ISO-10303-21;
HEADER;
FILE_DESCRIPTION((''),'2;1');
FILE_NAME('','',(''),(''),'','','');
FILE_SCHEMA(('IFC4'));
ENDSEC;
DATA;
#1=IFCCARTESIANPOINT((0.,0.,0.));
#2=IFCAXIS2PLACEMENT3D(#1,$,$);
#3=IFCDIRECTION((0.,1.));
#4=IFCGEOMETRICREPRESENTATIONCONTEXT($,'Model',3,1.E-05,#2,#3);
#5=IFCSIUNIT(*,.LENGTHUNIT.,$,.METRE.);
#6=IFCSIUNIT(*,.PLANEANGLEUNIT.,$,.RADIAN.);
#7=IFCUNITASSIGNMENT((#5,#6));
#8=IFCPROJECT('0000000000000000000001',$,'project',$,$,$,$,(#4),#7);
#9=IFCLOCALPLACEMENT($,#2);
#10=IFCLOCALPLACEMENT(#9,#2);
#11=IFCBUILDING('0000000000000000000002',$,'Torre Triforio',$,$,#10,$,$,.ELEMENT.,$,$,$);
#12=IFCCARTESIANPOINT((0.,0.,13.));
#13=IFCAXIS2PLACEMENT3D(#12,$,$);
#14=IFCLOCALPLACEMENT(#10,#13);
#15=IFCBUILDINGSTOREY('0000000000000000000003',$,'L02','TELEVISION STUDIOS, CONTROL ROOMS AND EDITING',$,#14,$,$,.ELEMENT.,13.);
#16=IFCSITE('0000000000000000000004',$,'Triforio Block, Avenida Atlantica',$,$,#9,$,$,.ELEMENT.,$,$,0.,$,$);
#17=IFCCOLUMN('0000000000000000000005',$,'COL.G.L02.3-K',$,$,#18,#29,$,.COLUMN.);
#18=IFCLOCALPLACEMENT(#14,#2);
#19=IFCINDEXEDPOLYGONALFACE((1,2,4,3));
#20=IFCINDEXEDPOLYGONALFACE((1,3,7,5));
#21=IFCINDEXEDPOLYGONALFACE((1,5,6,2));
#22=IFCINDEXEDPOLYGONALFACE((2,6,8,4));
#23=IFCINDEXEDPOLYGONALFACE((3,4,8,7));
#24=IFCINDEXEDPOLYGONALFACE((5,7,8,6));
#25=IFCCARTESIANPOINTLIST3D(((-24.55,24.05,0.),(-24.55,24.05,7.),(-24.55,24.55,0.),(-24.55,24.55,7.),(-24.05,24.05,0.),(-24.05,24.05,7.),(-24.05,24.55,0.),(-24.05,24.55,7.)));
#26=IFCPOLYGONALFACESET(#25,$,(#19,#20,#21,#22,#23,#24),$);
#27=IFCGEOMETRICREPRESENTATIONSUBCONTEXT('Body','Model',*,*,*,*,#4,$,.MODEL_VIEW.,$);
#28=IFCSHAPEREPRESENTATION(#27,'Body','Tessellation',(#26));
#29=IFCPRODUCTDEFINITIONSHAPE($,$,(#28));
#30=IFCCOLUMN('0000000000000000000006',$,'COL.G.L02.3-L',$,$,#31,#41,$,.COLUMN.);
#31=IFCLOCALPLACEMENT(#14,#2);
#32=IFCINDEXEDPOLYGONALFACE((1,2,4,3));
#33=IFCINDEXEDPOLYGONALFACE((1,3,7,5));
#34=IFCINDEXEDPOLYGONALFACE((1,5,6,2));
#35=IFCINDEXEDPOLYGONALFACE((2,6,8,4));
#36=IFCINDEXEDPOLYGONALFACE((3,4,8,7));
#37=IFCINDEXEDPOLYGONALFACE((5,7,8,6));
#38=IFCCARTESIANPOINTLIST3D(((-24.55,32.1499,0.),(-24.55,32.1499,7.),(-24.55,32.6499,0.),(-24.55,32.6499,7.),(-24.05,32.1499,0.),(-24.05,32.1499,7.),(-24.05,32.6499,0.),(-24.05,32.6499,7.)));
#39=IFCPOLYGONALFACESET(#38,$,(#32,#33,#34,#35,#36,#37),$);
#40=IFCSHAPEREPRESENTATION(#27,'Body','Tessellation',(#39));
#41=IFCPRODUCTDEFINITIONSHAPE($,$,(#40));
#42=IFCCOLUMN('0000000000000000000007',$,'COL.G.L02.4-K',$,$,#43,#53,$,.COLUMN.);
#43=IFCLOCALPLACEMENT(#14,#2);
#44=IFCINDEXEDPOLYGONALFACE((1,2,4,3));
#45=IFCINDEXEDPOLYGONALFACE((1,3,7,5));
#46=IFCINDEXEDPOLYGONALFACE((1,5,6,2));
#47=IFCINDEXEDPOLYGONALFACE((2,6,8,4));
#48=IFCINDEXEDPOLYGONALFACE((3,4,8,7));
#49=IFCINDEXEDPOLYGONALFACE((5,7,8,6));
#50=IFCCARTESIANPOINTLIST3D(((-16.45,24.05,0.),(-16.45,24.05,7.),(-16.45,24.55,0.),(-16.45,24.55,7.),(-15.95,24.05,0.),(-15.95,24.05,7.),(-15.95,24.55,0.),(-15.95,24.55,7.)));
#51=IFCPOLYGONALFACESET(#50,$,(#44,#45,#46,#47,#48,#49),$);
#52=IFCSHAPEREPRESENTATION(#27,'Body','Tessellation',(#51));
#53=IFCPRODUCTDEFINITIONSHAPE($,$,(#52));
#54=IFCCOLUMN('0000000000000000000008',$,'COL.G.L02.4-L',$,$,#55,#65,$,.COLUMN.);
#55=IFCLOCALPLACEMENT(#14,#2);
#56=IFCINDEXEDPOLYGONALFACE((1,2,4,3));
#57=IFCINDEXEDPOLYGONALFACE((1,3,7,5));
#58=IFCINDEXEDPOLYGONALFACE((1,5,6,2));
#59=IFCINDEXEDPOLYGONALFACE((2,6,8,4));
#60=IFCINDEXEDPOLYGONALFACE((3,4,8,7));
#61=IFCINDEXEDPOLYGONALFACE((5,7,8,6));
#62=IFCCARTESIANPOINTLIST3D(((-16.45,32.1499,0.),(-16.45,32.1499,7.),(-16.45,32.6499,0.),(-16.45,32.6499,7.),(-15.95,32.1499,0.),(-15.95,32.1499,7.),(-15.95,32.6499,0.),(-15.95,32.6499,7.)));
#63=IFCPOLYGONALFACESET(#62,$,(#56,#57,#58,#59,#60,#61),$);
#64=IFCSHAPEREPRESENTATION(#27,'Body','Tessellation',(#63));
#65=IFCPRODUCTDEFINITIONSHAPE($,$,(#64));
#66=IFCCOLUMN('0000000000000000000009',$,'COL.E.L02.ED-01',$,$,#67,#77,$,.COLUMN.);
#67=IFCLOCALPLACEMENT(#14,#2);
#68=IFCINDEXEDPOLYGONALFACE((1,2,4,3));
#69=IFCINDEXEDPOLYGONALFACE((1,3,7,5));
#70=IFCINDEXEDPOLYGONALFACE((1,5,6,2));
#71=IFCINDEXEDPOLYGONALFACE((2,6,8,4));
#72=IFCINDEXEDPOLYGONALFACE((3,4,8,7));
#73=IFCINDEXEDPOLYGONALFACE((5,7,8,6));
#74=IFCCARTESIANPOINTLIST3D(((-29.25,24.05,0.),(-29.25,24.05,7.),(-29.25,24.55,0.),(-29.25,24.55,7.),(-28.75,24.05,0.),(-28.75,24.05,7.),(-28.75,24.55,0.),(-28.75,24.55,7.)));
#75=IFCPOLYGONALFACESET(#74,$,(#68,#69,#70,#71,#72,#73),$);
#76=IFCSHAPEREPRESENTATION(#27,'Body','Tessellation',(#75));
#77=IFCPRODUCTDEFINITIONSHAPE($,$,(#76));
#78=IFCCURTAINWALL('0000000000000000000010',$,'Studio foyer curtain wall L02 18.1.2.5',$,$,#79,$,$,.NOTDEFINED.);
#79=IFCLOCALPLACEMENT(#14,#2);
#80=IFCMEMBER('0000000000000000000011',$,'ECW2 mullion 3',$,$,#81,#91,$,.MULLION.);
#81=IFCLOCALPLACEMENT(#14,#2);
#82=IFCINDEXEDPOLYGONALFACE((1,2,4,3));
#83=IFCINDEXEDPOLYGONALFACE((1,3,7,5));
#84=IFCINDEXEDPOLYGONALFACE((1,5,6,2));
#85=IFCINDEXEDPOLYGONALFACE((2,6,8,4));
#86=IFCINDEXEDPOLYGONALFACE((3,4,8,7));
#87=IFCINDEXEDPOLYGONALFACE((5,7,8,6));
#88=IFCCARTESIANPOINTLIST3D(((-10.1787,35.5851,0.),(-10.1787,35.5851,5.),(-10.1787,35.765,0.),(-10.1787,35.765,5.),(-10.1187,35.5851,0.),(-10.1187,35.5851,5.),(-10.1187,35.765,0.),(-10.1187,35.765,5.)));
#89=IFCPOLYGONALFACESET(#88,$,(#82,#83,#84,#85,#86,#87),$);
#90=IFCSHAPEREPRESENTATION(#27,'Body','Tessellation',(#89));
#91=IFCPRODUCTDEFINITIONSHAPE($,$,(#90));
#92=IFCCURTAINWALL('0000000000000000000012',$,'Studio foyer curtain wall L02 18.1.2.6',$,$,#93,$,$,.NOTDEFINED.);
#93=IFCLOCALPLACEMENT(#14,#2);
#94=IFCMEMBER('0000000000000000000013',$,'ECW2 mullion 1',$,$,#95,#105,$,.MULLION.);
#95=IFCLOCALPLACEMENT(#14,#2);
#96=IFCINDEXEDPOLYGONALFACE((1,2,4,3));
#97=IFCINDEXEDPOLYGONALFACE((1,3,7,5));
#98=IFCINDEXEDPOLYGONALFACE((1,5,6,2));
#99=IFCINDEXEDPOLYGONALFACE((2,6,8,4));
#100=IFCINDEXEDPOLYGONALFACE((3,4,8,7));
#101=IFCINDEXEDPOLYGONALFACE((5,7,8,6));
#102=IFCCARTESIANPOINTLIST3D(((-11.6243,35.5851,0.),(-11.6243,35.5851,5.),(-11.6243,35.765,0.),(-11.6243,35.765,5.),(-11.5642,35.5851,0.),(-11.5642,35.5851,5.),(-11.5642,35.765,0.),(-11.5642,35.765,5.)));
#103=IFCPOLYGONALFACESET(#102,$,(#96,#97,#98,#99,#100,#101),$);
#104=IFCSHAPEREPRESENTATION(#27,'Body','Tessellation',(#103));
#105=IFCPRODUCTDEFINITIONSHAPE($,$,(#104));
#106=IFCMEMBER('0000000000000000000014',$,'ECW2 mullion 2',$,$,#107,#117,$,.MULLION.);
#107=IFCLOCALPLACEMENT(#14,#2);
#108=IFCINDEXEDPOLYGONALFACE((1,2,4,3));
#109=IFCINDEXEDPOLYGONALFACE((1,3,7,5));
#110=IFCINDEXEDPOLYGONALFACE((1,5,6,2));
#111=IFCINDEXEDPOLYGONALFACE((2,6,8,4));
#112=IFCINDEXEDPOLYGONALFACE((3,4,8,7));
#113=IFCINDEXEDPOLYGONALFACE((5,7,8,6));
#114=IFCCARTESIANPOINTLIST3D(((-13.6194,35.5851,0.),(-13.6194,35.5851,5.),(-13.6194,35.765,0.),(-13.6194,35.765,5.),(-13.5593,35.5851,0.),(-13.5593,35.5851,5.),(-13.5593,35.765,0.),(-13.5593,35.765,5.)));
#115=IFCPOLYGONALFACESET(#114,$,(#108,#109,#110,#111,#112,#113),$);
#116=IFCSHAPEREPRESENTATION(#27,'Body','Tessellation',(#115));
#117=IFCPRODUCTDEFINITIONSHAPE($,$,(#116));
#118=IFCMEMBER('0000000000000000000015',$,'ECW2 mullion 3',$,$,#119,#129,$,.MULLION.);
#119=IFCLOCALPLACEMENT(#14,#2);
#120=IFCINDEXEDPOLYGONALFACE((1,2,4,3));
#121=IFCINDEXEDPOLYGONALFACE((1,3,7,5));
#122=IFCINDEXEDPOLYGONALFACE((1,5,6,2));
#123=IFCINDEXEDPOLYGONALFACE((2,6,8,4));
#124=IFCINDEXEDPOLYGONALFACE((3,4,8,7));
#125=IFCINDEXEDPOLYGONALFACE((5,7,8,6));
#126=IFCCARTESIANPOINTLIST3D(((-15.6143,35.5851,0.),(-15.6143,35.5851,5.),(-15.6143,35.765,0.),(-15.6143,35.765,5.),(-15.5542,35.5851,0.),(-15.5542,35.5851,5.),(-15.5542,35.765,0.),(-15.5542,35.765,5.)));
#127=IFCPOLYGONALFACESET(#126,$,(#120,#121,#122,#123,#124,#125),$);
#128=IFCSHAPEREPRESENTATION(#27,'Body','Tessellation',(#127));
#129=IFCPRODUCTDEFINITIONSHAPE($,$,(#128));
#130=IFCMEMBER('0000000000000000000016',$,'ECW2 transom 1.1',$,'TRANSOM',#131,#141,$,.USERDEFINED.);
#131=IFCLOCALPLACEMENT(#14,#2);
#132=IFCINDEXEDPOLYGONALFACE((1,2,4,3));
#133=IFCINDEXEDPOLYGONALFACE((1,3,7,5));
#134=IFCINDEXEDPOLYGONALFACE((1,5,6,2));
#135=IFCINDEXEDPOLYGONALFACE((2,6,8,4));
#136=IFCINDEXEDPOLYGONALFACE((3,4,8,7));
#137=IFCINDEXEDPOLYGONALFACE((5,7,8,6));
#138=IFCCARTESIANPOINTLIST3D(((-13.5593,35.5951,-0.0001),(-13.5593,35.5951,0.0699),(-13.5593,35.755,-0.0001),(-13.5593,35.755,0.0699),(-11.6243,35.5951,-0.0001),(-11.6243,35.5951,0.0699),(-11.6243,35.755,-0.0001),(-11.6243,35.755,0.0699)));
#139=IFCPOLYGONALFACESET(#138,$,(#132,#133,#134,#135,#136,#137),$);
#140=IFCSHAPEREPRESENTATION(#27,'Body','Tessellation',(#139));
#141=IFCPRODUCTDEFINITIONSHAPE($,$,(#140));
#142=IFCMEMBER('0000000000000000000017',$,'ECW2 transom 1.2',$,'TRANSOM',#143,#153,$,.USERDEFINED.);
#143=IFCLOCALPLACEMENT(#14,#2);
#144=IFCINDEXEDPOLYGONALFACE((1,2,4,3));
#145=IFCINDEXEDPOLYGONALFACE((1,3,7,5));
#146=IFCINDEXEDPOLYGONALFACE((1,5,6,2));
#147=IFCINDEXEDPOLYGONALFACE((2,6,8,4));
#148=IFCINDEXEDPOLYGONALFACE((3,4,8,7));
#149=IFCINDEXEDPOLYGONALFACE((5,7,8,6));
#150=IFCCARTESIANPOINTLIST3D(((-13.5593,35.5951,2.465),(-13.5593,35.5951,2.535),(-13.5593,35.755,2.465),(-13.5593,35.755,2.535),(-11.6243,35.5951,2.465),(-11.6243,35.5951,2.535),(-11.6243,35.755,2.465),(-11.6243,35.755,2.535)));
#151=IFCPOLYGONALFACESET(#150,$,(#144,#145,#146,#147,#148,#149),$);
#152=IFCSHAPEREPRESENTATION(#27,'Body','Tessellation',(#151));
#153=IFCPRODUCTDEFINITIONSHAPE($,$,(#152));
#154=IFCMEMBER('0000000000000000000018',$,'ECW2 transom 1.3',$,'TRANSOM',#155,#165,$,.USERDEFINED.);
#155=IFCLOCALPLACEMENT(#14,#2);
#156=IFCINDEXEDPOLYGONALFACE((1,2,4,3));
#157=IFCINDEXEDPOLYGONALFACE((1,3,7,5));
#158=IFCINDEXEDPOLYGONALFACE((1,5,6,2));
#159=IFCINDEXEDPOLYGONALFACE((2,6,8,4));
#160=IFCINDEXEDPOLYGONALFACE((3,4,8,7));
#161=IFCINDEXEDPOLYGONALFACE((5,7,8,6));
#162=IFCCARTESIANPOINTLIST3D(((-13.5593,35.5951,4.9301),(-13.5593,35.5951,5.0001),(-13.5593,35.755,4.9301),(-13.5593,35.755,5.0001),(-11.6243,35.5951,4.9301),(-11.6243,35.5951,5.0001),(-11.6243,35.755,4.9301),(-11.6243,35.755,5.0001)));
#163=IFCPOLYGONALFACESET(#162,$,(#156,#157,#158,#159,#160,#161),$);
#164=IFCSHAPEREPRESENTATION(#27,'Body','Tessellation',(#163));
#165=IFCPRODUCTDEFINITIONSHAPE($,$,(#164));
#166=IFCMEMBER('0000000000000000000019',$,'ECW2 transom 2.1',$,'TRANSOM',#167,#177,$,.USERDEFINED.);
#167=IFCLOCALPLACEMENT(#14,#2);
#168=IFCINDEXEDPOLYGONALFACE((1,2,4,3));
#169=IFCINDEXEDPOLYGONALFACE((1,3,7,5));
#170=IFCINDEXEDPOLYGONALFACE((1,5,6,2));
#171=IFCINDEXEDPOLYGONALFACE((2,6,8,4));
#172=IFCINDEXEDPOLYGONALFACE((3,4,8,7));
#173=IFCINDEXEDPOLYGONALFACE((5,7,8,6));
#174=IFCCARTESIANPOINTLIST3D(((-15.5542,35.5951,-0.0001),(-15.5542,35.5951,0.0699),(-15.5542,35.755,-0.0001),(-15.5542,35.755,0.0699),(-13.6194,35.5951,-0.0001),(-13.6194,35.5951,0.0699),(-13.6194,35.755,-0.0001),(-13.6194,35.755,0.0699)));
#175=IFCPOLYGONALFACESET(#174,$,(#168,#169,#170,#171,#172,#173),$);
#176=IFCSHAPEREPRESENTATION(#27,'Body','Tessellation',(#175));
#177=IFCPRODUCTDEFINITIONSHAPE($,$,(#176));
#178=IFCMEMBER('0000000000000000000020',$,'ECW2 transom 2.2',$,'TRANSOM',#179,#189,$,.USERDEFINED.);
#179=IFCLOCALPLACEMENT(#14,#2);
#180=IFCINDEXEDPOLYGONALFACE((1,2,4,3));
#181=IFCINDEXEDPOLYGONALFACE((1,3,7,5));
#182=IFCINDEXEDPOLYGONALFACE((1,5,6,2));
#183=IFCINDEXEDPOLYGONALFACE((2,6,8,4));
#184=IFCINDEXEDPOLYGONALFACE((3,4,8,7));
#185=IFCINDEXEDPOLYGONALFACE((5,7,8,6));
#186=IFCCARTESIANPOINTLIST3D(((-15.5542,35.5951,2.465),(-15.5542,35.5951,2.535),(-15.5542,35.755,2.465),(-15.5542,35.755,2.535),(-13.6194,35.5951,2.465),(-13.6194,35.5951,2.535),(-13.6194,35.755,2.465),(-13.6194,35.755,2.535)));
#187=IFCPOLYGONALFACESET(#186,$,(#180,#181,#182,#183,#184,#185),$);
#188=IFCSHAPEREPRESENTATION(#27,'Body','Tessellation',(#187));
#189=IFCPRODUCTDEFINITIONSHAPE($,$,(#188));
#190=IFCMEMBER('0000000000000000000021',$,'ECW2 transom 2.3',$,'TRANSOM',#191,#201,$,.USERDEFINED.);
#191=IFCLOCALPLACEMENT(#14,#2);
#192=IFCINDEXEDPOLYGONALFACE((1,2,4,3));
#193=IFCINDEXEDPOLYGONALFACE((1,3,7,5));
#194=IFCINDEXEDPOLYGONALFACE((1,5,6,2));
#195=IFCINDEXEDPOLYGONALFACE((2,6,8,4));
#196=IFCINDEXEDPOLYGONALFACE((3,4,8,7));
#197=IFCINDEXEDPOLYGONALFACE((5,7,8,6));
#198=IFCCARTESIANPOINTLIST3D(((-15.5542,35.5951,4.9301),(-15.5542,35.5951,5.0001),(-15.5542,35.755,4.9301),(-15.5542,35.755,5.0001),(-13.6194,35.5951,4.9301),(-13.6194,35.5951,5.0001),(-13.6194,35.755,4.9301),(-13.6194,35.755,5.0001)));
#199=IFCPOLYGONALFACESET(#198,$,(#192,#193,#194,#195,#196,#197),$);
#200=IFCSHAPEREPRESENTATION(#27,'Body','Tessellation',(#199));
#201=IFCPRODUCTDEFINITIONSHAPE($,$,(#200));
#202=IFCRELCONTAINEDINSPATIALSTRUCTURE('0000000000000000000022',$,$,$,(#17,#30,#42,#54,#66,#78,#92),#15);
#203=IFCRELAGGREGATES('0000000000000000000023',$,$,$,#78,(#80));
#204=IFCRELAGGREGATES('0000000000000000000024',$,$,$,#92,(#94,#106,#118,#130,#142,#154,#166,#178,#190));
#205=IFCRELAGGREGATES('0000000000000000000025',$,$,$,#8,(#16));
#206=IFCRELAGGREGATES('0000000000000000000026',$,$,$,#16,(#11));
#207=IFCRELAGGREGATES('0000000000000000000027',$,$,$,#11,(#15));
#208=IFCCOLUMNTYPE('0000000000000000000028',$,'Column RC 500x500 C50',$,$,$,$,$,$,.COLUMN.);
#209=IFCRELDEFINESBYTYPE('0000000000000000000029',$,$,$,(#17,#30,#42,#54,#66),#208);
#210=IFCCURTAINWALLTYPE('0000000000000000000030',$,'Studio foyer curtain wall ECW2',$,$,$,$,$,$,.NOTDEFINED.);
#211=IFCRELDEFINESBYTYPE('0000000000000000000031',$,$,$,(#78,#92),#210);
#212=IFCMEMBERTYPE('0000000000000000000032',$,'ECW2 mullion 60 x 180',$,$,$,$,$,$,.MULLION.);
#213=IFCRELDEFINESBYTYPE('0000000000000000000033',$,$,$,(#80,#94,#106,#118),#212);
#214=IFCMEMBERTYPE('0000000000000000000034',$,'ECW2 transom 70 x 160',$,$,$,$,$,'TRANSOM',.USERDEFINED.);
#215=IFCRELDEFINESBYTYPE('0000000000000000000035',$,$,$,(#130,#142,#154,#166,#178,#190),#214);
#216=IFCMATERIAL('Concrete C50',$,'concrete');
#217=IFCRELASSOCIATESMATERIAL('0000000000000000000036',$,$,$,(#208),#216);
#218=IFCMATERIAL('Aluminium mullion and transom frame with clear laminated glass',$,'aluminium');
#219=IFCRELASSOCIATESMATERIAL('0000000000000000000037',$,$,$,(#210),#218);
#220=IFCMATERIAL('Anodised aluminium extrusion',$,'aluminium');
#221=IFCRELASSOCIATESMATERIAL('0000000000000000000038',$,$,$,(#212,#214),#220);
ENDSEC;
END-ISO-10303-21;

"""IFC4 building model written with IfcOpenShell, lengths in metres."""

from ifc_helpers import new_model, si_unit, direction, frame, origin, origin_2d, place, context, subcontext, project, spatial, rectangle, extrude, material, material_profile, profile_set, type_object, element, aggregate, save


model = new_model("IFC4")

# Units and contexts
model_context = context("Model", 3, precision=1e-05, world=origin(), true_north=direction((0.0, 1.0)))
body_context = subcontext(model_context, "Body", "Model", "MODEL_VIEW")
ifc_project = project(units=[si_unit("LENGTHUNIT", "METRE"), si_unit("PLANEANGLEUNIT", "RADIAN")], contexts=[model_context])

# Site, building, storey
site_placement = place(None, origin())
site = spatial("IfcSite", under=ifc_project, at=site_placement, Name="Triforio Block, Avenida Atlantica", CompositionType="ELEMENT", RefElevation=0.0)
building_placement = place(site_placement, origin())
building = spatial("IfcBuilding", under=site, at=building_placement, Name="Torre Triforio", CompositionType="ELEMENT")
storey_placement = place(building_placement, frame((0.0, 0.0, 13.0)))
storey = spatial("IfcBuildingStorey", under=building, at=storey_placement, Name="L02", Description="TELEVISION STUDIOS, CONTROL ROOMS AND EDITING", CompositionType="ELEMENT", Elevation=13.0)

# Columns
ifc_material_1 = material(Name="Concrete C50", Category="concrete")
ifc_material_profile_1 = material_profile(ifc_material_1, rectangle(XDim=0.5, YDim=0.5, at=origin_2d()), Name="RC 500x500")
ifc_profile_set_1 = profile_set([ifc_material_profile_1], Name="Concrete C50")
column_type = type_object("IfcColumnType", Name="Column RC 500x500 C50", PredefinedType="COLUMN", material=ifc_profile_set_1)
for number, where, z_axis, x_axis, name in (
    (1, (-24.3, 24.3, 0.0), (0.0, 0.0, 1.0), (1.0, 0.0, 0.0), "COL.G.L02.3-K"),
    (2, (-24.3, 32.3999, 0.0), (0.0, 0.0, 1.0), (1.0, 0.0, 0.0), "COL.G.L02.3-L"),
    (3, (-16.2, 24.3, 0.0), (0.0, 0.0, 1.0), (1.0, 0.0, 0.0), "COL.G.L02.4-K"),
    (4, (-16.2, 32.3999, 0.0), (0.0, 0.0, 1.0), (1.0, 0.0, 0.0), "COL.G.L02.4-L"),
    (5, (-29.0, 24.3, 0.0), (0.0, 0.0, 1.0), (1.0, 0.0, 0.0), "COL.E.L02.ED-01"),
):
    element("IfcColumn", number, at=place(storey_placement, frame(where, z_axis=z_axis, x_axis=x_axis)), inside=storey, type_object=column_type, Name=name, PredefinedType="COLUMN", context=body_context, shape_type="SweptSolid", body=[
        extrude(rectangle(XDim=0.5, YDim=0.5, at=origin_2d()), origin(), (0.0, 0.0, 1.0), 7.0),
    ])

# Curtain wall, member
ifc_material_2 = material(Name="Aluminium mullion and transom frame with clear laminated glass", Category="aluminium")
curtain_wall_type = type_object("IfcCurtainWallType", Name="Studio foyer curtain wall ECW2", PredefinedType="NOTDEFINED", material=ifc_material_2)
curtain_wall_1_placement = place(storey_placement, origin())
curtain_wall_1 = element("IfcCurtainWall", 6, at=curtain_wall_1_placement, inside=storey, type_object=curtain_wall_type, Name="Studio foyer curtain wall L02 18.1.2.5", PredefinedType="NOTDEFINED")
ifc_material_3 = material(Name="Anodised aluminium extrusion", Category="aluminium")
ifc_material_profile_2 = material_profile(ifc_material_3, rectangle(XDim=0.1799, YDim=0.0601, at=origin_2d()), Name="ECW2 MULLION 60x180")
ifc_profile_set_2 = profile_set([ifc_material_profile_2], Name="Anodised aluminium extrusion")
member_type_1 = type_object("IfcMemberType", Name="ECW2 mullion 60 x 180", PredefinedType="MULLION", material=ifc_profile_set_2)
member_1_placement = place(storey_placement, frame((-10.1487, 35.675, 0.0), z_axis=(0.0, 0.0, 1.0), x_axis=(0.0, -1.0, 0.0)))
member_1 = element("IfcMember", 7, at=member_1_placement, type_object=member_type_1, Name="ECW2 mullion 3", PredefinedType="MULLION", context=body_context, shape_type="SweptSolid", body=[
    extrude(rectangle(XDim=0.1799, YDim=0.0601, at=origin_2d()), origin(), (0.0, 0.0, 1.0), 5.0),
])
aggregate(curtain_wall_1, [member_1])

# Curtain wall, members
curtain_wall_2_placement = place(storey_placement, origin())
curtain_wall_2 = element("IfcCurtainWall", 8, at=curtain_wall_2_placement, inside=storey, type_object=curtain_wall_type, Name="Studio foyer curtain wall L02 18.1.2.6", PredefinedType="NOTDEFINED")
member_2_placement = place(storey_placement, frame((-11.5942, 35.675, 0.0), z_axis=(0.0, 0.0, 1.0), x_axis=(0.0, -1.0, 0.0)))
member_2 = element("IfcMember", 9, at=member_2_placement, type_object=member_type_1, Name="ECW2 mullion 1", PredefinedType="MULLION", context=body_context, shape_type="SweptSolid", body=[
    extrude(rectangle(XDim=0.1799, YDim=0.0601, at=origin_2d()), origin(), (0.0, 0.0, 1.0), 5.0),
])
member_3_placement = place(storey_placement, frame((-13.5894, 35.675, 0.0), z_axis=(0.0, 0.0, 1.0), x_axis=(0.0, -1.0, 0.0)))
member_3 = element("IfcMember", 10, at=member_3_placement, type_object=member_type_1, Name="ECW2 mullion 2", PredefinedType="MULLION", context=body_context, shape_type="SweptSolid", body=[
    extrude(rectangle(XDim=0.1799, YDim=0.0601, at=origin_2d()), origin(), (0.0, 0.0, 1.0), 5.0),
])
member_4_placement = place(storey_placement, frame((-15.5842, 35.675, 0.0), z_axis=(0.0, 0.0, 1.0), x_axis=(0.0, -1.0, 0.0)))
member_4 = element("IfcMember", 11, at=member_4_placement, type_object=member_type_1, Name="ECW2 mullion 3", PredefinedType="MULLION", context=body_context, shape_type="SweptSolid", body=[
    extrude(rectangle(XDim=0.1799, YDim=0.0601, at=origin_2d()), origin(), (0.0, 0.0, 1.0), 5.0),
])
ifc_material_profile_3 = material_profile(ifc_material_3, rectangle(XDim=0.1599, YDim=0.0701, at=origin_2d()), Name="ECW2 TRANSOM 70x160")
ifc_profile_set_3 = profile_set([ifc_material_profile_3], Name="Anodised aluminium extrusion")
member_type_2 = type_object("IfcMemberType", Name="ECW2 transom 70 x 160", ElementType="TRANSOM", PredefinedType="USERDEFINED", material=ifc_profile_set_3)
member_5_placement = place(storey_placement, frame((-11.6243, 35.675, 0.0349), z_axis=(-1.0, 0.0, 0.0), x_axis=(0.0, -1.0, 0.0)))
member_5 = element("IfcMember", 12, at=member_5_placement, type_object=member_type_2, Name="ECW2 transom 1.1", ObjectType="TRANSOM", PredefinedType="USERDEFINED", context=body_context, shape_type="SweptSolid", body=[
    extrude(rectangle(XDim=0.1599, YDim=0.0701, at=origin_2d()), origin(), (0.0, 0.0, 1.0), 1.9351),
])
member_6_placement = place(storey_placement, frame((-11.6243, 35.675, 2.5), z_axis=(-1.0, 0.0, 0.0), x_axis=(0.0, -1.0, 0.0)))
member_6 = element("IfcMember", 13, at=member_6_placement, type_object=member_type_2, Name="ECW2 transom 1.2", ObjectType="TRANSOM", PredefinedType="USERDEFINED", context=body_context, shape_type="SweptSolid", body=[
    extrude(rectangle(XDim=0.1599, YDim=0.0701, at=origin_2d()), origin(), (0.0, 0.0, 1.0), 1.9351),
])
member_7_placement = place(storey_placement, frame((-11.6243, 35.675, 4.9651), z_axis=(-1.0, 0.0, 0.0), x_axis=(0.0, -1.0, 0.0)))
member_7 = element("IfcMember", 14, at=member_7_placement, type_object=member_type_2, Name="ECW2 transom 1.3", ObjectType="TRANSOM", PredefinedType="USERDEFINED", context=body_context, shape_type="SweptSolid", body=[
    extrude(rectangle(XDim=0.1599, YDim=0.0701, at=origin_2d()), origin(), (0.0, 0.0, 1.0), 1.9351),
])
member_8_placement = place(storey_placement, frame((-13.6194, 35.675, 0.0349), z_axis=(-1.0, 0.0, 0.0), x_axis=(0.0, -1.0, 0.0)))
member_8 = element("IfcMember", 15, at=member_8_placement, type_object=member_type_2, Name="ECW2 transom 2.1", ObjectType="TRANSOM", PredefinedType="USERDEFINED", context=body_context, shape_type="SweptSolid", body=[
    extrude(rectangle(XDim=0.1599, YDim=0.0701, at=origin_2d()), origin(), (0.0, 0.0, 1.0), 1.9348),
])
member_9_placement = place(storey_placement, frame((-13.6194, 35.675, 2.5), z_axis=(-1.0, 0.0, 0.0), x_axis=(0.0, -1.0, 0.0)))
member_9 = element("IfcMember", 16, at=member_9_placement, type_object=member_type_2, Name="ECW2 transom 2.2", ObjectType="TRANSOM", PredefinedType="USERDEFINED", context=body_context, shape_type="SweptSolid", body=[
    extrude(rectangle(XDim=0.1599, YDim=0.0701, at=origin_2d()), origin(), (0.0, 0.0, 1.0), 1.9348),
])
member_10_placement = place(storey_placement, frame((-13.6194, 35.675, 4.9651), z_axis=(-1.0, 0.0, 0.0), x_axis=(0.0, -1.0, 0.0)))
member_10 = element("IfcMember", 17, at=member_10_placement, type_object=member_type_2, Name="ECW2 transom 2.3", ObjectType="TRANSOM", PredefinedType="USERDEFINED", context=body_context, shape_type="SweptSolid", body=[
    extrude(rectangle(XDim=0.1599, YDim=0.0701, at=origin_2d()), origin(), (0.0, 0.0, 1.0), 1.9348),
])
aggregate(curtain_wall_2, [member_2, member_3, member_4, member_5, member_6, member_7, member_8, member_9, member_10])

save(model, "model.ifc")
